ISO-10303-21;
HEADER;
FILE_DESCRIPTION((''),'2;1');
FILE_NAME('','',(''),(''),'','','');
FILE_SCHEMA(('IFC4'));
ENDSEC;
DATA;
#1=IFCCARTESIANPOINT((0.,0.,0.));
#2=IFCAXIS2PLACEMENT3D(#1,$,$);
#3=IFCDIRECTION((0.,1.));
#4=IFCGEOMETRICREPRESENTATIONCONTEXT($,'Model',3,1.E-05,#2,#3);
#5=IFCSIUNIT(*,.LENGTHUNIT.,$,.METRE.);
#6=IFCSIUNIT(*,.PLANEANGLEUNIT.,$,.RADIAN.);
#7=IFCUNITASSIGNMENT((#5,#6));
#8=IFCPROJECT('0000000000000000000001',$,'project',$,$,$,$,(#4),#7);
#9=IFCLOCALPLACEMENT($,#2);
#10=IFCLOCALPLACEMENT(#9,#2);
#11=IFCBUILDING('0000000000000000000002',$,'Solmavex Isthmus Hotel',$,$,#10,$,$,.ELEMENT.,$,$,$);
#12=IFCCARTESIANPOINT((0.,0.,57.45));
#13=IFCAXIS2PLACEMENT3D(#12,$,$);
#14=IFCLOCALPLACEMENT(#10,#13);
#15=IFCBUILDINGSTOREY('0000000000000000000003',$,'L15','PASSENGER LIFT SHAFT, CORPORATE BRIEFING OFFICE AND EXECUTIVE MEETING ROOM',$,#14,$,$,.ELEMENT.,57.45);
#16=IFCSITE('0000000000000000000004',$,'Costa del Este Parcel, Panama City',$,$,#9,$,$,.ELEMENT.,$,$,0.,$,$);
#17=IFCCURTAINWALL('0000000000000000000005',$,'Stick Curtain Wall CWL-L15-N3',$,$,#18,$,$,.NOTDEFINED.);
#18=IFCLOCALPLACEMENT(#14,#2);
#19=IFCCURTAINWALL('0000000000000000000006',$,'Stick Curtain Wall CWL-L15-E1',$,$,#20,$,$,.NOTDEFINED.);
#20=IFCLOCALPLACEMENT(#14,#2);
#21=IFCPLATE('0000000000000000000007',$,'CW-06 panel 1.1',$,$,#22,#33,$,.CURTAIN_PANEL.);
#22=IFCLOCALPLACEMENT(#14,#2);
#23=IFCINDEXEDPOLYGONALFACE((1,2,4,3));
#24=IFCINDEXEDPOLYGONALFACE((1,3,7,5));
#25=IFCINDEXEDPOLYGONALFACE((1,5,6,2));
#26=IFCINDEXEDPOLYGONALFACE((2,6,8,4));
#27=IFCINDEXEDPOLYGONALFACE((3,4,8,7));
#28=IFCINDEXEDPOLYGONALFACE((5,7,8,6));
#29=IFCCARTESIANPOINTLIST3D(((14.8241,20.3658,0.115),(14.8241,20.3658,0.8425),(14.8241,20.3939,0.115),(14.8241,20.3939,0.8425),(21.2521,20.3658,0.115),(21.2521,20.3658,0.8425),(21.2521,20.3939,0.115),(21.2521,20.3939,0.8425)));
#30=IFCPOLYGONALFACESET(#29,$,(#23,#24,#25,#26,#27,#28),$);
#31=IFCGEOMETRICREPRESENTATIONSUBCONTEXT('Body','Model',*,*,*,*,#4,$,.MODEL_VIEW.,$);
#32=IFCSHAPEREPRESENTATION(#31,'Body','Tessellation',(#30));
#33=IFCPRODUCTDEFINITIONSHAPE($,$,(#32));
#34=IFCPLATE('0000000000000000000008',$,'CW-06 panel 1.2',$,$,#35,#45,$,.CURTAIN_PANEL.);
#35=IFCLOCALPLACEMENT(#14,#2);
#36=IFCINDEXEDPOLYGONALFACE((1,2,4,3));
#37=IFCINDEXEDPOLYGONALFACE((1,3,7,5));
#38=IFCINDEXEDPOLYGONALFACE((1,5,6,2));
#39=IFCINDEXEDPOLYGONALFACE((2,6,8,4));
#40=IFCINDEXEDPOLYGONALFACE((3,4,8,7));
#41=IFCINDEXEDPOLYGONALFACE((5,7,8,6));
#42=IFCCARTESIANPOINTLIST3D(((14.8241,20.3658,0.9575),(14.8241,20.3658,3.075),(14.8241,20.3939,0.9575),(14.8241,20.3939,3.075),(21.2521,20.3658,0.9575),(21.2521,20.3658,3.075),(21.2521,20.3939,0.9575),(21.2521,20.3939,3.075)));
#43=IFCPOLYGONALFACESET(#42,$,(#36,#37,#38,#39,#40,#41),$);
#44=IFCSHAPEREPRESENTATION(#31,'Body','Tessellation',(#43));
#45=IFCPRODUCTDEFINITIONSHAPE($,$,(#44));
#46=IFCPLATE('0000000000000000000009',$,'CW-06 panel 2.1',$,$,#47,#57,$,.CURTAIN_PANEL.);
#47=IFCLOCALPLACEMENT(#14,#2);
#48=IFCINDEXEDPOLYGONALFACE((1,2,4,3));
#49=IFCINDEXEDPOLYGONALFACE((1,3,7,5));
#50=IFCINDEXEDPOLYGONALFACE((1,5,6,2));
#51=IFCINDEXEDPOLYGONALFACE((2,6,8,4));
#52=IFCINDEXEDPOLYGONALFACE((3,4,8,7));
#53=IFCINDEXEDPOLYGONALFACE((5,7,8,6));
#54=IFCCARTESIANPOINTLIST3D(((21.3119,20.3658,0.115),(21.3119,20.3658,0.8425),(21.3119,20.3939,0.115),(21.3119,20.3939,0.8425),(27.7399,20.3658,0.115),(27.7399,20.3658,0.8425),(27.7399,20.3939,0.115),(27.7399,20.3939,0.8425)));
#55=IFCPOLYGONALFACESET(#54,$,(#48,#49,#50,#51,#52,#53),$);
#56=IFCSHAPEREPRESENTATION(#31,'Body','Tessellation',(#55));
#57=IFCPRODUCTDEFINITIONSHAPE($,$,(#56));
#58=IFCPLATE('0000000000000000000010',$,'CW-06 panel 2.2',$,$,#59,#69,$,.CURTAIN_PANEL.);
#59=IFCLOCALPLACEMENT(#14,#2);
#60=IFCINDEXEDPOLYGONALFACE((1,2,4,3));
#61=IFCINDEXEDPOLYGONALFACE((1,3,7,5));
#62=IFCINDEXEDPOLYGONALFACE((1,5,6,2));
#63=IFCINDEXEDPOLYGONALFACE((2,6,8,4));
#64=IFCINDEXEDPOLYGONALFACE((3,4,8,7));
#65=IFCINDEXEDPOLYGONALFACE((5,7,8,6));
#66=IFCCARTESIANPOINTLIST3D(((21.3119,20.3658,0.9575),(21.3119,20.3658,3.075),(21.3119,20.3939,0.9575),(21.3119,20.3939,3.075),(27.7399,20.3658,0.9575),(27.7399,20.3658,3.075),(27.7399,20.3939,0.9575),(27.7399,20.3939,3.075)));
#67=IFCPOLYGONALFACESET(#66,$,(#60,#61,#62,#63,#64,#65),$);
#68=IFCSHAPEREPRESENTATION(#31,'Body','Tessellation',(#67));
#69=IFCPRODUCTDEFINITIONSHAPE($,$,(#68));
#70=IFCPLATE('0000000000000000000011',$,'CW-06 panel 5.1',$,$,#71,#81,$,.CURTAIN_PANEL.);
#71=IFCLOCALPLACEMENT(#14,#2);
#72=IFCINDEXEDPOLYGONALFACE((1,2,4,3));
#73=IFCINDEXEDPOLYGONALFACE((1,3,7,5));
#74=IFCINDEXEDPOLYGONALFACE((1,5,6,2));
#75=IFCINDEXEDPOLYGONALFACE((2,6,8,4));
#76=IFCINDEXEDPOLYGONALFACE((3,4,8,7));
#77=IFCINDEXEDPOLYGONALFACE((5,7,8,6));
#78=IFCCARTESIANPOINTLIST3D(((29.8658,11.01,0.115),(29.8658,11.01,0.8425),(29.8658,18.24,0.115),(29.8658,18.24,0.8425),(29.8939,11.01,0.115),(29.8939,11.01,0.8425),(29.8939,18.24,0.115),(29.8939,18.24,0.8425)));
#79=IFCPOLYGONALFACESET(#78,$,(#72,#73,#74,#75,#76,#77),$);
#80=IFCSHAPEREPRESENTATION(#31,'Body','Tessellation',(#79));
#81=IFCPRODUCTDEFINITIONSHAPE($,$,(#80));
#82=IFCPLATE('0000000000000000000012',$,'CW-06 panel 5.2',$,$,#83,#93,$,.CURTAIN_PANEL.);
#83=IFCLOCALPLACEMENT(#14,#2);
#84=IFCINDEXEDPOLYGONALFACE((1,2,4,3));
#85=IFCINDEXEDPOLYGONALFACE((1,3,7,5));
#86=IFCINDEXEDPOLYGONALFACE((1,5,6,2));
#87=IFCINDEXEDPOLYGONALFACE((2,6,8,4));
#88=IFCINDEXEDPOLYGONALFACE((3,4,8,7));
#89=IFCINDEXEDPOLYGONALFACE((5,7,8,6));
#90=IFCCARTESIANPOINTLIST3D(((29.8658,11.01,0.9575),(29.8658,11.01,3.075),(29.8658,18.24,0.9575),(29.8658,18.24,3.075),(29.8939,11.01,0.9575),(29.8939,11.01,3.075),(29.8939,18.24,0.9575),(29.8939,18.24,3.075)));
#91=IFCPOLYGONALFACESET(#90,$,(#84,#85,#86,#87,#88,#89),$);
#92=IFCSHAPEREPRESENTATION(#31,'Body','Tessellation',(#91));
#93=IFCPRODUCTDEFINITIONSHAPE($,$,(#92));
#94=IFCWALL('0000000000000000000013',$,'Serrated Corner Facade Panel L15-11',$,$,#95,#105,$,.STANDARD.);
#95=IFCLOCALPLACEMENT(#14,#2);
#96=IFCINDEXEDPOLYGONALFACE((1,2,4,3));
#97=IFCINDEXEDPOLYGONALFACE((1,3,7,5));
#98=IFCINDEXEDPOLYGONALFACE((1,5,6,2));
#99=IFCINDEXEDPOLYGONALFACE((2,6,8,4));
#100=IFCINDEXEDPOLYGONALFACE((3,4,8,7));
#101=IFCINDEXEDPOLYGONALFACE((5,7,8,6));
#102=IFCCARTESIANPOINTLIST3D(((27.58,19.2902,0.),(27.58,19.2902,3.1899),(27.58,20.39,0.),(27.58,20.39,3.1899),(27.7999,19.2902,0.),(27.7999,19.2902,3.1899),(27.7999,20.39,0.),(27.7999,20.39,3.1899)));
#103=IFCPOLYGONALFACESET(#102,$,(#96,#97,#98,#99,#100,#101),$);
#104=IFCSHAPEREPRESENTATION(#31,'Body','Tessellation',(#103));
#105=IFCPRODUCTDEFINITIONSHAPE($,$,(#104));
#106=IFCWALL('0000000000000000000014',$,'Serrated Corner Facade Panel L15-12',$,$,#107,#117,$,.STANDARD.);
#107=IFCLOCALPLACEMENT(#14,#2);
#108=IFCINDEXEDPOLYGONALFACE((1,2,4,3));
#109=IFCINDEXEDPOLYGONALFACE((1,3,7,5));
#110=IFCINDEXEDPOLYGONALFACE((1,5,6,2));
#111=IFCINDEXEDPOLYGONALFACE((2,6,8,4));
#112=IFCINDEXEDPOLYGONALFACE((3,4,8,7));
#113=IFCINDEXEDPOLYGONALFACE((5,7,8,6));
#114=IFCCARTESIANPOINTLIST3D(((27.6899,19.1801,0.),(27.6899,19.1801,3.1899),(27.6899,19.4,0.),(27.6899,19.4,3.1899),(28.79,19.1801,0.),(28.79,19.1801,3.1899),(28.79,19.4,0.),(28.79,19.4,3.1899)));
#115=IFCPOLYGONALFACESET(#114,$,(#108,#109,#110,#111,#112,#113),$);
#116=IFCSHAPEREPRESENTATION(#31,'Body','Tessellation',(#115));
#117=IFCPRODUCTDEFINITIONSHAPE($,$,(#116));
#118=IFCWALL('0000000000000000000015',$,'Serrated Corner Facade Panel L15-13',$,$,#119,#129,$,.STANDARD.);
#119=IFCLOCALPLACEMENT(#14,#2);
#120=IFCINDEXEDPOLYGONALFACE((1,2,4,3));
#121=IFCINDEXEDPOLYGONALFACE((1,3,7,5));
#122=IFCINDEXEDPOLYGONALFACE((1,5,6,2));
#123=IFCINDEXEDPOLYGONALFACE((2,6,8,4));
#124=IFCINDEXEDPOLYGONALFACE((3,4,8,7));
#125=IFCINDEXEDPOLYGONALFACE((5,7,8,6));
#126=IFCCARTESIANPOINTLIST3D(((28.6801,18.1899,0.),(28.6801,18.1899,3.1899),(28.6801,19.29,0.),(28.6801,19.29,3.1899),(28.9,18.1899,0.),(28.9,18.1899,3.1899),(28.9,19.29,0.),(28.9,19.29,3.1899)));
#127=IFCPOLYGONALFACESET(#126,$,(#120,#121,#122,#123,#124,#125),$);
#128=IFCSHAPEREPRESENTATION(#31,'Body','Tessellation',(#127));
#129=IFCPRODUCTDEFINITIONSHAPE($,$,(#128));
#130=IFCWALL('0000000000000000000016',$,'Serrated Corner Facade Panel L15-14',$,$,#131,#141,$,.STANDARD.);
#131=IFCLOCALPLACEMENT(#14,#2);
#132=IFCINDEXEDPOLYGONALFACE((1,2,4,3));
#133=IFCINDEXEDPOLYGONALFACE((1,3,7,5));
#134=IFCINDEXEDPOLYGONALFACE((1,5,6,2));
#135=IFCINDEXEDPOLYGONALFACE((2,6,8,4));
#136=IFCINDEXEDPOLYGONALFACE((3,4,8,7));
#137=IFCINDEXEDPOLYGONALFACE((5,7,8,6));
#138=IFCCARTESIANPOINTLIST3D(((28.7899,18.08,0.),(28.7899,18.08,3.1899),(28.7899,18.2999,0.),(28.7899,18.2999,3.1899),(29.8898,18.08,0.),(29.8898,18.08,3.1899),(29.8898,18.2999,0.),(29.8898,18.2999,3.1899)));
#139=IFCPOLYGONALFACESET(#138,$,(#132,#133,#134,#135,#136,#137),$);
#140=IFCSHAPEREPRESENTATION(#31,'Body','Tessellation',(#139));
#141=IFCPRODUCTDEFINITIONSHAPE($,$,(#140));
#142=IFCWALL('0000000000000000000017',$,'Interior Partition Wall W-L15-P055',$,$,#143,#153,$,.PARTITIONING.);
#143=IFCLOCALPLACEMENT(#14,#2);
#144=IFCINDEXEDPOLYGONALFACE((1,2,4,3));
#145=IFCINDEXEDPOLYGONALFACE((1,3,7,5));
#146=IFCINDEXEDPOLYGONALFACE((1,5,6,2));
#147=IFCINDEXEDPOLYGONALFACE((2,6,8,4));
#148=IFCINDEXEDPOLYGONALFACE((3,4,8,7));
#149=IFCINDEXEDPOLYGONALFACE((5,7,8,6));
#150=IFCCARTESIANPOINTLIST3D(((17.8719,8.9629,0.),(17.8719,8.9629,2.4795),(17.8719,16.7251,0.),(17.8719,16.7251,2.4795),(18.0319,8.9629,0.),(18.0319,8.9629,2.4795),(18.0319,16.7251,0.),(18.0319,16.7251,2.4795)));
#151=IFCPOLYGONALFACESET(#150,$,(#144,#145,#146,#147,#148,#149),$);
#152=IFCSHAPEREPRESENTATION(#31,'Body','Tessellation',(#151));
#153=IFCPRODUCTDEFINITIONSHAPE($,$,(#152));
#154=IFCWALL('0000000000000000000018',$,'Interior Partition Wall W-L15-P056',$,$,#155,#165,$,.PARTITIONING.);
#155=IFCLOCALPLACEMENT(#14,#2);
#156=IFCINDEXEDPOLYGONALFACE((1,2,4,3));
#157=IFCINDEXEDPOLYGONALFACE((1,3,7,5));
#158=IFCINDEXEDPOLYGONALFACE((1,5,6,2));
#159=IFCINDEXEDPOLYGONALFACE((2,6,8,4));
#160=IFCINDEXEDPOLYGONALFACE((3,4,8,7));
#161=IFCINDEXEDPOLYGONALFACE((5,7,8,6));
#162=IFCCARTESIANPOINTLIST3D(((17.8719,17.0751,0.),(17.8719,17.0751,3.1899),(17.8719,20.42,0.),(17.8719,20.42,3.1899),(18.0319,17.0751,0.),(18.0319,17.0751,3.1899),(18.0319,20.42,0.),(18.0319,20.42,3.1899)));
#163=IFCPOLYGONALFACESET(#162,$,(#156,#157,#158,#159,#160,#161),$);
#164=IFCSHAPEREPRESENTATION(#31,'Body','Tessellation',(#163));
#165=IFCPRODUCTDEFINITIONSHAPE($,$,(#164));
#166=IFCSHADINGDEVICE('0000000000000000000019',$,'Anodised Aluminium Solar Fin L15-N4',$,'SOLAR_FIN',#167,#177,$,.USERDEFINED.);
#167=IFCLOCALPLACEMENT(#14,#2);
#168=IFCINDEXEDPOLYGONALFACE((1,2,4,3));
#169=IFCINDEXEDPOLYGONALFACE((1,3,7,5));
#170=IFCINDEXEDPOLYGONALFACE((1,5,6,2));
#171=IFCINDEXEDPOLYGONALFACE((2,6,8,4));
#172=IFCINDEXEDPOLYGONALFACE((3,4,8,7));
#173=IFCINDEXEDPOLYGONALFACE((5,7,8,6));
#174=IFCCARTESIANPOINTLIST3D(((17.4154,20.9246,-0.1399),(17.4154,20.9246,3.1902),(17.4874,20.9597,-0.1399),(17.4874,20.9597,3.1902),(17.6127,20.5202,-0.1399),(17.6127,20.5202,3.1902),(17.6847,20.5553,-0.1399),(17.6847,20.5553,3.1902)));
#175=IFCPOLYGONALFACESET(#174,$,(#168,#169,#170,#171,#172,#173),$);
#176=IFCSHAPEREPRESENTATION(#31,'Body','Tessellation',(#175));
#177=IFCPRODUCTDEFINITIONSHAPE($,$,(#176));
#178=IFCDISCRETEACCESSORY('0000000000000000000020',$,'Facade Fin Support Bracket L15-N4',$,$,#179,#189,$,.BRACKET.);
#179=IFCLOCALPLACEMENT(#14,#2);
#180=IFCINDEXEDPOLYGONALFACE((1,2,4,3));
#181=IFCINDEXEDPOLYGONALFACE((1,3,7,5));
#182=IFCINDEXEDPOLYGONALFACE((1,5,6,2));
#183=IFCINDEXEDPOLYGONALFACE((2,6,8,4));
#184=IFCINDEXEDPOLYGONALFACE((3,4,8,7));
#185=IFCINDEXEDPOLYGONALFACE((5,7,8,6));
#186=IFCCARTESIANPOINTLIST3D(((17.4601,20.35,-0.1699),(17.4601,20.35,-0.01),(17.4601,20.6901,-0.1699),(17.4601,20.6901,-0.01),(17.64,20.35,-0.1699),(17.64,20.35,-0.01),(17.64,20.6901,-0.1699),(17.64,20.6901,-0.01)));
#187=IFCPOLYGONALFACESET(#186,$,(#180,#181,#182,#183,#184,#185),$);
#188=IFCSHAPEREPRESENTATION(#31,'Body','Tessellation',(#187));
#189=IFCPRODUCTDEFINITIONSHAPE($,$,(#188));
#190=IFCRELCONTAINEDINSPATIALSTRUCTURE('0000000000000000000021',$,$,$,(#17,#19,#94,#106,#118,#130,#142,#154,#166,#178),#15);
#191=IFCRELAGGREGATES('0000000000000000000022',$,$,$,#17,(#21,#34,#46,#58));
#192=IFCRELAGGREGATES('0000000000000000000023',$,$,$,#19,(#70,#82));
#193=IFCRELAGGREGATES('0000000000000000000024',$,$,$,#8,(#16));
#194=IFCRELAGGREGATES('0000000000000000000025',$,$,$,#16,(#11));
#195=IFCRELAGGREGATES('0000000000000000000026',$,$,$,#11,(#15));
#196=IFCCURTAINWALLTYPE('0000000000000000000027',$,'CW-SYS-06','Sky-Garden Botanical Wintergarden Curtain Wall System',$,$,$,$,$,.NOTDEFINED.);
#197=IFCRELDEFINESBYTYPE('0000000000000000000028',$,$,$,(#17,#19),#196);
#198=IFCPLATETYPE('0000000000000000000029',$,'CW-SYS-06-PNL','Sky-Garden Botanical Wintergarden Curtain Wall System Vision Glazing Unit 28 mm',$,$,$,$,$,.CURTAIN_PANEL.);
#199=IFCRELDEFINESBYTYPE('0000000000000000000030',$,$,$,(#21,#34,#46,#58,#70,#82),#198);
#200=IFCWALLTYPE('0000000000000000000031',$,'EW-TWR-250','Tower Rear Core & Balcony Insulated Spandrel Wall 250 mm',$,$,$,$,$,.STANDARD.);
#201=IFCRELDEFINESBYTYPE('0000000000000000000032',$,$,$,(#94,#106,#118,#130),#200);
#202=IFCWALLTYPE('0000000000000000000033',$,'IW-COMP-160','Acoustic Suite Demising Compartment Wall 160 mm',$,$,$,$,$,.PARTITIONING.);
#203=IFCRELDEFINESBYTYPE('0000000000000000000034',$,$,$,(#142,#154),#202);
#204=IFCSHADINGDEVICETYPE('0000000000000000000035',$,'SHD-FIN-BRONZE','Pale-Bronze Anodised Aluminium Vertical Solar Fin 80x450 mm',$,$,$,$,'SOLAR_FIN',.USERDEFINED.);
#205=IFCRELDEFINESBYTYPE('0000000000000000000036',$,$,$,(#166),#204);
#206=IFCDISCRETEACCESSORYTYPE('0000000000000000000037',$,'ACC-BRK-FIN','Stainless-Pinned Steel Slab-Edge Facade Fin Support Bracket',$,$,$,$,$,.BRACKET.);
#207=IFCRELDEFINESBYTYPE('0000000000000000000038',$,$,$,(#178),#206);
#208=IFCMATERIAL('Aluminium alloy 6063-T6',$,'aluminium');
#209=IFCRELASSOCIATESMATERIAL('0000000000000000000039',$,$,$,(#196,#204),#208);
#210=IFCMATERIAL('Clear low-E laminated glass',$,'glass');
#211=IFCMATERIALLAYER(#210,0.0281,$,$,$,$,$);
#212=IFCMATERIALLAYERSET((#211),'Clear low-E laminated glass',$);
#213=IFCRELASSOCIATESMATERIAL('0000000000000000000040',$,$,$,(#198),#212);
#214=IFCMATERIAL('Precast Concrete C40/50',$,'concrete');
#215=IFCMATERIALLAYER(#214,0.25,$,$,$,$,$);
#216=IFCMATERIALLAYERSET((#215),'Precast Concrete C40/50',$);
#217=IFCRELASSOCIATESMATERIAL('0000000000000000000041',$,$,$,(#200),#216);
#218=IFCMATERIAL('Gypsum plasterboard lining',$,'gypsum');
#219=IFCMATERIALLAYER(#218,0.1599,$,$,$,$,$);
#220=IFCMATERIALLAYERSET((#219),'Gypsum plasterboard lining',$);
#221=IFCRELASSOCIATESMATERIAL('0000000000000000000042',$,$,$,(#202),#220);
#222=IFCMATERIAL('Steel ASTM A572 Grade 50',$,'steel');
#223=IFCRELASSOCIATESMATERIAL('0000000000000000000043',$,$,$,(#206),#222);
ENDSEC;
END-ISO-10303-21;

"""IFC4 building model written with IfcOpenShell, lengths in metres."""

from ifc_helpers import new_model, si_unit, direction, frame, frame_2d, origin, origin_2d, place, context, subcontext, project, spatial, rectangle, extrude, material, layer, layer_set, type_object, element, aggregate, save


model = new_model("IFC4")

# Units and contexts
model_context = context("Model", 3, precision=1e-05, world=origin(), true_north=direction((0.0, 1.0)))
body_context = subcontext(model_context, "Body", "Model", "MODEL_VIEW")
ifc_project = project(units=[si_unit("LENGTHUNIT", "METRE"), si_unit("PLANEANGLEUNIT", "RADIAN")], contexts=[model_context])

# Site, building, storey
site_placement = place(None, origin())
site = spatial("IfcSite", under=ifc_project, at=site_placement, Name="Costa del Este Parcel, Panama City", CompositionType="ELEMENT", RefElevation=0.0)
building_placement = place(site_placement, origin())
building = spatial("IfcBuilding", under=site, at=building_placement, Name="Solmavex Isthmus Hotel", CompositionType="ELEMENT")
storey_placement = place(building_placement, frame((0.0, 0.0, 57.45)))
storey = spatial("IfcBuildingStorey", under=building, at=storey_placement, Name="L15", Description="PASSENGER LIFT SHAFT, CORPORATE BRIEFING OFFICE AND EXECUTIVE MEETING ROOM", CompositionType="ELEMENT", Elevation=57.45)

# Curtain walls
ifc_material_1 = material(Name="Aluminium alloy 6063-T6", Category="aluminium")
curtain_wall_type = type_object("IfcCurtainWallType", Name="CW-SYS-06", Description="Sky-Garden Botanical Wintergarden Curtain Wall System", PredefinedType="NOTDEFINED", material=ifc_material_1)
curtain_wall_1_placement = place(storey_placement, origin())
curtain_wall_1 = element("IfcCurtainWall", 1, at=curtain_wall_1_placement, inside=storey, type_object=curtain_wall_type, Name="Stick Curtain Wall CWL-L15-N3", PredefinedType="NOTDEFINED")
curtain_wall_2_placement = place(storey_placement, origin())
curtain_wall_2 = element("IfcCurtainWall", 2, at=curtain_wall_2_placement, inside=storey, type_object=curtain_wall_type, Name="Stick Curtain Wall CWL-L15-E1", PredefinedType="NOTDEFINED")

# Plates
ifc_material_2 = material(Name="Clear low-E laminated glass", Category="glass")
ifc_layer_1 = layer(ifc_material_2, 0.0281)
ifc_layer_set_1 = layer_set([ifc_layer_1], Name="Clear low-E laminated glass")
plate_type = type_object("IfcPlateType", Name="CW-SYS-06-PNL", Description="Sky-Garden Botanical Wintergarden Curtain Wall System Vision Glazing Unit 28 mm", PredefinedType="CURTAIN_PANEL", material=ifc_layer_set_1)
plate_1_placement = place(storey_placement, frame((18.0381, 20.3799, 0.115), z_axis=(0.0, 0.0, 1.0), x_axis=(1.0, 0.0, 0.0)))
plate_1 = element("IfcPlate", 3, at=plate_1_placement, type_object=plate_type, Name="CW-06 panel 1.1", PredefinedType="CURTAIN_PANEL", context=body_context, shape_type="SweptSolid", body=[
    extrude(rectangle(XDim=6.428, YDim=0.0281, at=origin_2d()), origin(), (0.0, 0.0, 1.0), 0.7275),
])
plate_2_placement = place(storey_placement, frame((18.0381, 20.3799, 0.9575), z_axis=(0.0, 0.0, 1.0), x_axis=(1.0, 0.0, 0.0)))
plate_2 = element("IfcPlate", 4, at=plate_2_placement, type_object=plate_type, Name="CW-06 panel 1.2", PredefinedType="CURTAIN_PANEL", context=body_context, shape_type="SweptSolid", body=[
    extrude(rectangle(XDim=6.428, YDim=0.0281, at=origin_2d()), origin(), (0.0, 0.0, 1.0), 2.1174),
])
plate_3_placement = place(storey_placement, frame((24.5259, 20.3799, 0.115), z_axis=(0.0, 0.0, 1.0), x_axis=(1.0, 0.0, 0.0)))
plate_3 = element("IfcPlate", 5, at=plate_3_placement, type_object=plate_type, Name="CW-06 panel 2.1", PredefinedType="CURTAIN_PANEL", context=body_context, shape_type="SweptSolid", body=[
    extrude(rectangle(XDim=6.428, YDim=0.0281, at=origin_2d()), origin(), (0.0, 0.0, 1.0), 0.7275),
])
plate_4_placement = place(storey_placement, frame((24.5259, 20.3799, 0.9575), z_axis=(0.0, 0.0, 1.0), x_axis=(1.0, 0.0, 0.0)))
plate_4 = element("IfcPlate", 6, at=plate_4_placement, type_object=plate_type, Name="CW-06 panel 2.2", PredefinedType="CURTAIN_PANEL", context=body_context, shape_type="SweptSolid", body=[
    extrude(rectangle(XDim=6.428, YDim=0.0281, at=origin_2d()), origin(), (0.0, 0.0, 1.0), 2.1174),
])
aggregate(curtain_wall_1, [plate_1, plate_2, plate_3, plate_4])
plate_5_placement = place(storey_placement, frame((29.8799, 14.625, 0.115), z_axis=(0.0, 0.0, 1.0), x_axis=(0.0, 1.0, 0.0)))
plate_5 = element("IfcPlate", 7, at=plate_5_placement, type_object=plate_type, Name="CW-06 panel 5.1", PredefinedType="CURTAIN_PANEL", context=body_context, shape_type="SweptSolid", body=[
    extrude(rectangle(XDim=7.23, YDim=0.0281, at=origin_2d()), origin(), (0.0, 0.0, 1.0), 0.7275),
])
plate_6_placement = place(storey_placement, frame((29.8799, 14.625, 0.9575), z_axis=(0.0, 0.0, 1.0), x_axis=(0.0, 1.0, 0.0)))
plate_6 = element("IfcPlate", 8, at=plate_6_placement, type_object=plate_type, Name="CW-06 panel 5.2", PredefinedType="CURTAIN_PANEL", context=body_context, shape_type="SweptSolid", body=[
    extrude(rectangle(XDim=7.23, YDim=0.0281, at=origin_2d()), origin(), (0.0, 0.0, 1.0), 2.1174),
])
aggregate(curtain_wall_2, [plate_5, plate_6])

# Walls
ifc_material_3 = material(Name="Precast Concrete C40/50", Category="concrete")
ifc_layer_2 = layer(ifc_material_3, 0.25)
ifc_layer_set_2 = layer_set([ifc_layer_2], Name="Precast Concrete C40/50")
wall_type_1 = type_object("IfcWallType", Name="EW-TWR-250", Description="Tower Rear Core & Balcony Insulated Spandrel Wall 250 mm", PredefinedType="STANDARD", material=ifc_layer_set_2)
wall_1_placement = place(storey_placement, frame((27.6899, 20.3899, 0.0), z_axis=(0.0, 0.0, 1.0), x_axis=(0.0, -1.0, 0.0)))
element("IfcWall", 9, at=wall_1_placement, inside=storey, type_object=wall_type_1, Name="Serrated Corner Facade Panel L15-11", PredefinedType="STANDARD", context=body_context, shape_type="SweptSolid", body=[
    extrude(rectangle(XDim=1.0999, YDim=0.22, at=frame_2d((0.5498, 0.0))), origin(), (0.0, 0.0, 1.0), 3.1899),
])
for number, where, z_axis, x_axis, name in (
    (10, (27.6899, 19.29, 0.0), (0.0, 0.0, 1.0), (1.0, 0.0, 0.0), "Serrated Corner Facade Panel L15-12"),
    (11, (28.79, 19.29, 0.0), (0.0, 0.0, 1.0), (0.0, -1.0, 0.0), "Serrated Corner Facade Panel L15-13"),
):
    element("IfcWall", number, at=place(storey_placement, frame(where, z_axis=z_axis, x_axis=x_axis)), inside=storey, type_object=wall_type_1, Name=name, PredefinedType="STANDARD", context=body_context, shape_type="SweptSolid", body=[
        extrude(rectangle(XDim=1.1001, YDim=0.22, at=frame_2d((0.55, 0.0))), origin(), (0.0, 0.0, 1.0), 3.1899),
    ])
wall_2_placement = place(storey_placement, frame((28.79, 18.1899, 0.0), z_axis=(0.0, 0.0, 1.0), x_axis=(1.0, 0.0, 0.0)))
element("IfcWall", 12, at=wall_2_placement, inside=storey, type_object=wall_type_1, Name="Serrated Corner Facade Panel L15-14", PredefinedType="STANDARD", context=body_context, shape_type="SweptSolid", body=[
    extrude(rectangle(XDim=1.0999, YDim=0.22, at=frame_2d((0.5498, 0.0))), origin(), (0.0, 0.0, 1.0), 3.1899),
])
ifc_material_4 = material(Name="Gypsum plasterboard lining", Category="gypsum")
ifc_layer_3 = layer(ifc_material_4, 0.1599)
ifc_layer_set_3 = layer_set([ifc_layer_3], Name="Gypsum plasterboard lining")
wall_type_2 = type_object("IfcWallType", Name="IW-COMP-160", Description="Acoustic Suite Demising Compartment Wall 160 mm", PredefinedType="PARTITIONING", material=ifc_layer_set_3)
wall_3_placement = place(storey_placement, frame((17.9519, 16.7251, 0.0), z_axis=(0.0, 0.0, 1.0), x_axis=(0.0, -1.0, 0.0)))
element("IfcWall", 13, at=wall_3_placement, inside=storey, type_object=wall_type_2, Name="Interior Partition Wall W-L15-P055", PredefinedType="PARTITIONING", context=body_context, shape_type="SweptSolid", body=[
    extrude(rectangle(XDim=7.7622, YDim=0.1599, at=frame_2d((3.8811, 0.0))), origin(), (0.0, 0.0, 1.0), 2.4795),
])
wall_4_placement = place(storey_placement, frame((17.9519, 20.4199, 0.0), z_axis=(0.0, 0.0, 1.0), x_axis=(0.0, -1.0, 0.0)))
element("IfcWall", 14, at=wall_4_placement, inside=storey, type_object=wall_type_2, Name="Interior Partition Wall W-L15-P056", PredefinedType="PARTITIONING", context=body_context, shape_type="SweptSolid", body=[
    extrude(rectangle(XDim=3.345, YDim=0.1599, at=frame_2d((1.6724, 0.0))), origin(), (0.0, 0.0, 1.0), 3.1899),
])

# Shading device
shading_device_type = type_object("IfcShadingDeviceType", Name="SHD-FIN-BRONZE", Description="Pale-Bronze Anodised Aluminium Vertical Solar Fin 80x450 mm", ElementType="SOLAR_FIN", PredefinedType="USERDEFINED", material=ifc_material_1)
shading_device_placement = place(storey_placement, frame((17.55, 20.74, -0.1399), z_axis=(0.0, 0.0, 1.0), x_axis=(-0.438371, 0.898794, 0.0)))
element("IfcShadingDevice", 15, at=shading_device_placement, inside=storey, type_object=shading_device_type, Name="Anodised Aluminium Solar Fin L15-N4", ObjectType="SOLAR_FIN", PredefinedType="USERDEFINED", context=body_context, shape_type="SweptSolid", body=[
    extrude(rectangle(XDim=0.45, YDim=0.0801, at=origin_2d()), origin(), (0.0, 0.0, 1.0), 3.3301),
])

# Discrete accessory
ifc_material_5 = material(Name="Steel ASTM A572 Grade 50", Category="steel")
discrete_accessory_type = type_object("IfcDiscreteAccessoryType", Name="ACC-BRK-FIN", Description="Stainless-Pinned Steel Slab-Edge Facade Fin Support Bracket", PredefinedType="BRACKET", material=ifc_material_5)
discrete_accessory_placement = place(storey_placement, frame((17.55, 20.52, -0.1699), z_axis=(0.0, 0.0, 1.0), x_axis=(0.0, 1.0, 0.0)))
element("IfcDiscreteAccessory", 16, at=discrete_accessory_placement, inside=storey, type_object=discrete_accessory_type, Name="Facade Fin Support Bracket L15-N4", PredefinedType="BRACKET", context=body_context, shape_type="SweptSolid", body=[
    extrude(rectangle(XDim=0.3401, YDim=0.1799, at=origin_2d()), origin(), (0.0, 0.0, 1.0), 0.1599),
])

save(model, "model.ifc")
